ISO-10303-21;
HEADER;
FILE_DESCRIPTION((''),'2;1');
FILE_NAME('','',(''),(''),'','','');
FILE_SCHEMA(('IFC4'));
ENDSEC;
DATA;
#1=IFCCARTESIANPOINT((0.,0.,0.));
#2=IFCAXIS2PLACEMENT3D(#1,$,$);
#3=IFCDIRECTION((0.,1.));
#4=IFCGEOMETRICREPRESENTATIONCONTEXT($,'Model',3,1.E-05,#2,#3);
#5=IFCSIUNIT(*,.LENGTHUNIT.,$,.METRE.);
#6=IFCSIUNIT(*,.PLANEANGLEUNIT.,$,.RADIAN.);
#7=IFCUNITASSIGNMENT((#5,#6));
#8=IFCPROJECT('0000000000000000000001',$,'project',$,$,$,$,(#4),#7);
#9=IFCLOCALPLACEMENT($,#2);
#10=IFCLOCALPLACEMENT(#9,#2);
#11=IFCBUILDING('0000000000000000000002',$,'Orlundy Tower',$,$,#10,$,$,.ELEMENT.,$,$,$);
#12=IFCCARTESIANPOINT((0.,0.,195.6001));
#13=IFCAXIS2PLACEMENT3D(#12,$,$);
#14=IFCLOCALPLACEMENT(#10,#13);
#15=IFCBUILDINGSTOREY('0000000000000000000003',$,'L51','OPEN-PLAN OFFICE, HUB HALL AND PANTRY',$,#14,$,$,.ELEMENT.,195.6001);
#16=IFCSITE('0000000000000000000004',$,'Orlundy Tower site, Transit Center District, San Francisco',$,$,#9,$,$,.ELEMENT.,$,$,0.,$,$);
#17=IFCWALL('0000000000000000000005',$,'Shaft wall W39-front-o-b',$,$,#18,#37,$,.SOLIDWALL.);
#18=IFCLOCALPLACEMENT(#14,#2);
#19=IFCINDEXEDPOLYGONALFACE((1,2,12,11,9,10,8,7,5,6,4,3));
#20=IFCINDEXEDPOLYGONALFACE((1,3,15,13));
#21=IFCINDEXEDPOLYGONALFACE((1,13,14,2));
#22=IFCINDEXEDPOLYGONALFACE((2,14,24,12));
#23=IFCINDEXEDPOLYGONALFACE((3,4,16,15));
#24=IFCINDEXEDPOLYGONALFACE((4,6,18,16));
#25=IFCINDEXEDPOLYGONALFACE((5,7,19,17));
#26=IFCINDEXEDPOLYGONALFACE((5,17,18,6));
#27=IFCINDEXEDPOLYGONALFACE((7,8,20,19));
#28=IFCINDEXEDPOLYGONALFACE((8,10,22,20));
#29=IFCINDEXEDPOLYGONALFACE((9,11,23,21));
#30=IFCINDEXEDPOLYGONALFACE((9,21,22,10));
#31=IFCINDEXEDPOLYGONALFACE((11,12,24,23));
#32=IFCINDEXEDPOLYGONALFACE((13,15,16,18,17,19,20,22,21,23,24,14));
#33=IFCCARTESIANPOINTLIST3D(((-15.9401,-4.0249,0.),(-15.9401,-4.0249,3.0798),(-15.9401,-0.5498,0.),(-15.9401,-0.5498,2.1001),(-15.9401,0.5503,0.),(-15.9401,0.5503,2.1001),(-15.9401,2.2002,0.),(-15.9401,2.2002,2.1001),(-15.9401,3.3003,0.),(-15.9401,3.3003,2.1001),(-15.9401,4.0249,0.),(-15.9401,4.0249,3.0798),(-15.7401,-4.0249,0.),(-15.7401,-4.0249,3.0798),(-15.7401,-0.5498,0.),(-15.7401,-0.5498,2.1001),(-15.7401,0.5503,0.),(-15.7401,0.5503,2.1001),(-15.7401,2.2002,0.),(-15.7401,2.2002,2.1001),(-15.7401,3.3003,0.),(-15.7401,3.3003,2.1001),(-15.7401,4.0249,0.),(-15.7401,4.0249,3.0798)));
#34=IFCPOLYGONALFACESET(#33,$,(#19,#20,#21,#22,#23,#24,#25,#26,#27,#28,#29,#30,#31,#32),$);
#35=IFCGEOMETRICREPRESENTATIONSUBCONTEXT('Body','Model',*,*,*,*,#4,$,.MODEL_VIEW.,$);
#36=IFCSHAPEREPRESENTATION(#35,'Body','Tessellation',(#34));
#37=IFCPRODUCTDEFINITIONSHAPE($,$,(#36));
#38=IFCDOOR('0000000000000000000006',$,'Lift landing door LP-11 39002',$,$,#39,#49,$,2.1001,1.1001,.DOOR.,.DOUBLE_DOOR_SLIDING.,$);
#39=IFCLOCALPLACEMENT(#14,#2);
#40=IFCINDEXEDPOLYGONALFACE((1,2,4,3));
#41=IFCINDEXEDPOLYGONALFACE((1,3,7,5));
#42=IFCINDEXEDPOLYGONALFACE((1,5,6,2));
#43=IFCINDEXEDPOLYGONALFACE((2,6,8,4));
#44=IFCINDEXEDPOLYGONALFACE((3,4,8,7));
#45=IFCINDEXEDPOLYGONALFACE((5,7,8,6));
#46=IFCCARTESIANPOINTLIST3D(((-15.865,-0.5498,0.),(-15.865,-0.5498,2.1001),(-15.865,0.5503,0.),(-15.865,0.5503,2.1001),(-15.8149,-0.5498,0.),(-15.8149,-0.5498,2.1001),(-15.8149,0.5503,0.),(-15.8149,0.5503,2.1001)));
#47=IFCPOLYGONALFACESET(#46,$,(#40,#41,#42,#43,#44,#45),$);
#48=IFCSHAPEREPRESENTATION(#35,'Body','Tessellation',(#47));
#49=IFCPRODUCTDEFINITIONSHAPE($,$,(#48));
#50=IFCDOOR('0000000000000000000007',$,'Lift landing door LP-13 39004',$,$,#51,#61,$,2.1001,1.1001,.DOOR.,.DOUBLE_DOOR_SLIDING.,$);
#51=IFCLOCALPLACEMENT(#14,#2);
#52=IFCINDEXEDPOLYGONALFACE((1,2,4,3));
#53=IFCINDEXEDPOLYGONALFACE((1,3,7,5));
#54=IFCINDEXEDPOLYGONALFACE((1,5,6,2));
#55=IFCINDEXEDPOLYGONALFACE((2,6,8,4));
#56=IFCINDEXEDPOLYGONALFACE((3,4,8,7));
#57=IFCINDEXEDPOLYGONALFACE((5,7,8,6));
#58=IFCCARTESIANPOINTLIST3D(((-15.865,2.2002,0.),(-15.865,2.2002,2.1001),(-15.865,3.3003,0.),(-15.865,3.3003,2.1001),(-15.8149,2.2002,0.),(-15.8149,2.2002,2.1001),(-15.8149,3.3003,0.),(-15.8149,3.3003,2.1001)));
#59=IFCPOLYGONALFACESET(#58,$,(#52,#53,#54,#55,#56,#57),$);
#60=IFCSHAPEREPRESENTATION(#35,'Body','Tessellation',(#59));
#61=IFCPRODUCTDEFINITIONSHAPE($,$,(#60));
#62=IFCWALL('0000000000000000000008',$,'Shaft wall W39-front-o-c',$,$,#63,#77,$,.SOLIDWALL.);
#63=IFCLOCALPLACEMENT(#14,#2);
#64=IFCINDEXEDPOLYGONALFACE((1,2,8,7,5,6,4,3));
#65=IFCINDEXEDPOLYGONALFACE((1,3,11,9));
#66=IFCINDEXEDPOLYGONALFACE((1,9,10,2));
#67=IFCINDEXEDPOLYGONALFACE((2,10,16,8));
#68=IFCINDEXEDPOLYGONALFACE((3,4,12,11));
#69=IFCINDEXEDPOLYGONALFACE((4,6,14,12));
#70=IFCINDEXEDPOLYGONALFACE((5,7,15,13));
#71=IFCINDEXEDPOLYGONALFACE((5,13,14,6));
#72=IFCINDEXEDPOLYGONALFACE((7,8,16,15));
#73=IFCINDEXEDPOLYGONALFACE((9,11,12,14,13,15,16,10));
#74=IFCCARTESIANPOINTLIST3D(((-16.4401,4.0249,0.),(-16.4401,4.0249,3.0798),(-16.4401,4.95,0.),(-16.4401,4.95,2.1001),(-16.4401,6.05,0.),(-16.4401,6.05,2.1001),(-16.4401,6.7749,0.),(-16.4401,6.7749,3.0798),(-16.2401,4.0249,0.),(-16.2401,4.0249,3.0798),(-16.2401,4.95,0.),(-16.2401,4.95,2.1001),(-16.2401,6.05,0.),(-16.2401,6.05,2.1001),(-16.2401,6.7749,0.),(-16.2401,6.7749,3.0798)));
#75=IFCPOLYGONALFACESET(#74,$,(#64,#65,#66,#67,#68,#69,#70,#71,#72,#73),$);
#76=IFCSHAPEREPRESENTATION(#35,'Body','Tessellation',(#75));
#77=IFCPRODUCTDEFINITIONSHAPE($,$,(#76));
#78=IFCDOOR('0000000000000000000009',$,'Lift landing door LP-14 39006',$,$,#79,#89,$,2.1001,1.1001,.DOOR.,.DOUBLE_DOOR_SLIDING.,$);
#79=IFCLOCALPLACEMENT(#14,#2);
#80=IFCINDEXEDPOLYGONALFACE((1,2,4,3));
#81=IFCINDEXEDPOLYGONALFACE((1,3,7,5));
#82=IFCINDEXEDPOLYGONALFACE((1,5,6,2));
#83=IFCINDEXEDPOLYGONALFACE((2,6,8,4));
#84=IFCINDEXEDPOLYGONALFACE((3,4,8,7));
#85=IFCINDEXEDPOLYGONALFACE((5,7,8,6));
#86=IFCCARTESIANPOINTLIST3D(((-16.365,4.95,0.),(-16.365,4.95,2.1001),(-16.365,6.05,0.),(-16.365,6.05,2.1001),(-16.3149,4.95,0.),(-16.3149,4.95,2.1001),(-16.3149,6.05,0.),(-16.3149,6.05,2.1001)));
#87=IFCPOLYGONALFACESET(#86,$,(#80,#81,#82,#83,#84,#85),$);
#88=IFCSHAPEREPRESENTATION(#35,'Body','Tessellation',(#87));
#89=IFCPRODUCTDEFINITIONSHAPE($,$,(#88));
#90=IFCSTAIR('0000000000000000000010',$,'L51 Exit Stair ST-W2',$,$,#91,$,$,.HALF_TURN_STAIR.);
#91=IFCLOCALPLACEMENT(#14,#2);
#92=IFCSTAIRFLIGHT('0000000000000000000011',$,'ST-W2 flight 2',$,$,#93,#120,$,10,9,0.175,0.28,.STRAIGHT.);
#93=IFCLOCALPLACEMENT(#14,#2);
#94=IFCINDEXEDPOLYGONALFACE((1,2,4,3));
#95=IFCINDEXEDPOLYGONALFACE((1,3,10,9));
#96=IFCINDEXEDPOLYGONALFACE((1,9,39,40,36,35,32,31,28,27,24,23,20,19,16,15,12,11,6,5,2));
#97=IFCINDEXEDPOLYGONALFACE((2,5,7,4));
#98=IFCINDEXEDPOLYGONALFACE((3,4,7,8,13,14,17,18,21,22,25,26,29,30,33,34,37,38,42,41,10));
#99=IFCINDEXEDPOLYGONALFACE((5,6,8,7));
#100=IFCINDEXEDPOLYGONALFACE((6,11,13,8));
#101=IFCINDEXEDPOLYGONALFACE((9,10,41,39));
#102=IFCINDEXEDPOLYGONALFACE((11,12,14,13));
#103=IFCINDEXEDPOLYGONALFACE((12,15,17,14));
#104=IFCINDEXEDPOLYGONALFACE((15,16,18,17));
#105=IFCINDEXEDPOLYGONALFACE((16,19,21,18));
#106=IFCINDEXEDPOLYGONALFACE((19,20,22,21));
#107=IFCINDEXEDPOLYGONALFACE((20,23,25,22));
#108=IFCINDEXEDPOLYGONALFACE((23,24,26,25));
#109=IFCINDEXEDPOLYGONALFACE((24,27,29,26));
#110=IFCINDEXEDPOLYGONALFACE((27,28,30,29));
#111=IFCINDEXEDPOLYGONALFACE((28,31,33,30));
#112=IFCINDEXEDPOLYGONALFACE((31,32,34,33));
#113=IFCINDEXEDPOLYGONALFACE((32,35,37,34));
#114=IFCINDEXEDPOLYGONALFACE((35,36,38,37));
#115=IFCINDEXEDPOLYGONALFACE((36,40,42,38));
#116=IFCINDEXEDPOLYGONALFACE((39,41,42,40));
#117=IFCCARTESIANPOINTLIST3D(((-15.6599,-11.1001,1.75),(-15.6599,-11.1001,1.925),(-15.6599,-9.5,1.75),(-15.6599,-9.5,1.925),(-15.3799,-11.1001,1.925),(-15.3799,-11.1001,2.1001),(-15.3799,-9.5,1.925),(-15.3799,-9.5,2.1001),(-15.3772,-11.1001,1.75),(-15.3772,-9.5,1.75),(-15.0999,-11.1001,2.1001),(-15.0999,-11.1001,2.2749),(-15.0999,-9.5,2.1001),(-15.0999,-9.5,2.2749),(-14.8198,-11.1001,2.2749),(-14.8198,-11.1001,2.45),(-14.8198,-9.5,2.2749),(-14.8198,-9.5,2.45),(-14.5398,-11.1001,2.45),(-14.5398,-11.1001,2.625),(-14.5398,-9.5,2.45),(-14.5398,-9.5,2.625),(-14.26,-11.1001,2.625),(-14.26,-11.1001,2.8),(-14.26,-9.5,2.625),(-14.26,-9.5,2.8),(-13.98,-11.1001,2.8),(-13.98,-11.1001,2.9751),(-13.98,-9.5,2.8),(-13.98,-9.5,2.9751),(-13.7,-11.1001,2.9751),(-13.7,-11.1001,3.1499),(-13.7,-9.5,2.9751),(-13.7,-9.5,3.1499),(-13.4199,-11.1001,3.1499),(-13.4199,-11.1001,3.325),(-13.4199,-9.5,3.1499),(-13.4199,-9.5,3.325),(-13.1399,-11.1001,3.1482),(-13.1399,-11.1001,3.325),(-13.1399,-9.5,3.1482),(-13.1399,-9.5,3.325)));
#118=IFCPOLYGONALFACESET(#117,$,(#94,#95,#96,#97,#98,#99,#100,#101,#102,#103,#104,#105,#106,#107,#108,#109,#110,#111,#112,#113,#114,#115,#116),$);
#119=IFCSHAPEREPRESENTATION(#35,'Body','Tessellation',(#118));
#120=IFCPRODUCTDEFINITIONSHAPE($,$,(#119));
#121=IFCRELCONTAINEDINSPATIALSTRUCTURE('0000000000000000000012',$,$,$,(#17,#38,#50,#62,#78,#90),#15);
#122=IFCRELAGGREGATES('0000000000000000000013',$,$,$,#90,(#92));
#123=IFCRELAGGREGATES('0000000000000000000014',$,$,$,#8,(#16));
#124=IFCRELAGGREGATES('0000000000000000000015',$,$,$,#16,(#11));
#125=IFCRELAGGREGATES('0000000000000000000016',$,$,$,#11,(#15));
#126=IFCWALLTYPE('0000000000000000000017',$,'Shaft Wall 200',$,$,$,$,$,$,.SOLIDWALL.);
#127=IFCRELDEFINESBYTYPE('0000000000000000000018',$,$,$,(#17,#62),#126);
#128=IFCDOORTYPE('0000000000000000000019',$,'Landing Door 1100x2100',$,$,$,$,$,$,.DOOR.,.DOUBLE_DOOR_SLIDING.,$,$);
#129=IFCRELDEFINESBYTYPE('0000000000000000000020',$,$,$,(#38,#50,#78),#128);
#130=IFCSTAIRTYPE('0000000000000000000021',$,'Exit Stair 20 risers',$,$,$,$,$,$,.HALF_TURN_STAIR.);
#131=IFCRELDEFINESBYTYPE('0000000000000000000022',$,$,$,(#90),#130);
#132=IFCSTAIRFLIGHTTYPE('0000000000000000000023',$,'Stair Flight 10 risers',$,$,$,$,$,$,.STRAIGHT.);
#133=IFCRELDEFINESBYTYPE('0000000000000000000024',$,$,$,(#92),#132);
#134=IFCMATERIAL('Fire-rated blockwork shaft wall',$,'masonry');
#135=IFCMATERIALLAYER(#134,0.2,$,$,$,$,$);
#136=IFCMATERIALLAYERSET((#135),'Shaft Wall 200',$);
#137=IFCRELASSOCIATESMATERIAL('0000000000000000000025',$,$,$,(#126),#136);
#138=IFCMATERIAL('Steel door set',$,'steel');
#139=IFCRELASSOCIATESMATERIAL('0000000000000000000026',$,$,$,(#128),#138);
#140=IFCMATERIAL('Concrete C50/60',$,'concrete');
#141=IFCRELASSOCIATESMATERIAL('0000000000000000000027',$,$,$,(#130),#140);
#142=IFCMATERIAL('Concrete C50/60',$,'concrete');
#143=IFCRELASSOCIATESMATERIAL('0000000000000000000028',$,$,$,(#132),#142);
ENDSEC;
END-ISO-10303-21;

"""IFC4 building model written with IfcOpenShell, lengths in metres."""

from ifc_helpers import new_model, si_unit, direction, frame, frame_2d, origin, place, context, subcontext, project, spatial, polyline, rectangle, outline, extrude, material, layer, layer_set, type_object, element, fill, aggregate, save


model = new_model("IFC4")

# Units and contexts
model_context = context("Model", 3, precision=1e-05, world=origin(), true_north=direction((0.0, 1.0)))
body_context = subcontext(model_context, "Body", "Model", "MODEL_VIEW")
ifc_project = project(units=[si_unit("LENGTHUNIT", "METRE"), si_unit("PLANEANGLEUNIT", "RADIAN")], contexts=[model_context])

# Site, building, storey
site_placement = place(None, origin())
site = spatial("IfcSite", under=ifc_project, at=site_placement, Name="Orlundy Tower site, Transit Center District, San Francisco", CompositionType="ELEMENT", RefElevation=0.0)
building_placement = place(site_placement, origin())
building = spatial("IfcBuilding", under=site, at=building_placement, Name="Orlundy Tower", CompositionType="ELEMENT")
storey_placement = place(building_placement, frame((0.0, 0.0, 195.6001)))
storey = spatial("IfcBuildingStorey", under=building, at=storey_placement, Name="L51", Description="OPEN-PLAN OFFICE, HUB HALL AND PANTRY", CompositionType="ELEMENT", Elevation=195.6001)

# Shared definitions
ifc_material_1 = material(Name="Fire-rated blockwork shaft wall", Category="masonry")
ifc_layer_1 = layer(ifc_material_1, 0.2)
ifc_layer_set_1 = layer_set([ifc_layer_1], Name="Shaft Wall 200")
wall_type_1 = type_object("IfcWallType", Name="Shaft Wall 200", PredefinedType="SOLIDWALL", material=ifc_layer_set_1)

# Shared definitions
ifc_material_2 = material(Name="Steel door set", Category="steel")
door_type_1 = type_object("IfcDoorType", Name="Landing Door 1100x2100", OperationType="DOUBLE_DOOR_SLIDING", PredefinedType="DOOR", material=ifc_material_2)

# Wall, openings, doors
wall_1_placement = place(storey_placement, frame((-15.8401, -4.0249, 0.0), z_axis=(0.0, 0.0, 1.0), x_axis=(0.0, 1.0, 0.0)))
wall_1 = element("IfcWall", 1, at=wall_1_placement, inside=storey, type_object=wall_type_1, Name="Shaft wall W39-front-o-b", PredefinedType="SOLIDWALL", context=body_context, shape_type="SweptSolid", body=[
    extrude(rectangle(XDim=8.0498, YDim=0.2, at=frame_2d((4.0249, 0.0))), origin(), (0.0, 0.0, 1.0), 3.0798),
])
opening_1_placement = place(wall_1_placement, frame((3.4751, 0.0, 0.0)))
opening_1 = element("IfcOpeningElement", 2, at=opening_1_placement, cuts=wall_1, PredefinedType="OPENING", context=body_context, shape_type="SweptSolid", body=[
    extrude(rectangle(XDim=1.1001, YDim=2.1001, at=frame_2d((0.55, 1.05))), frame((0.0, 0.1101, 0.0), z_axis=(0.0, -1.0, 0.0), x_axis=(1.0, 0.0, 0.0)), (0.0, 0.0, 1.0), 0.2202),
])
opening_2_placement = place(wall_1_placement, frame((6.2251, 0.0, 0.0)))
opening_2 = element("IfcOpeningElement", 3, at=opening_2_placement, cuts=wall_1, PredefinedType="OPENING", context=body_context, shape_type="SweptSolid", body=[
    extrude(rectangle(XDim=1.1001, YDim=2.1001, at=frame_2d((0.55, 1.05))), frame((0.0, 0.1101, 0.0), z_axis=(0.0, -1.0, 0.0), x_axis=(1.0, 0.0, 0.0)), (0.0, 0.0, 1.0), 0.2202),
])
door_1_placement = place(opening_1_placement, origin())
door_1 = element("IfcDoor", 4, at=door_1_placement, inside=storey, type_object=door_type_1, Name="Lift landing door LP-11 39002", OperationType="DOUBLE_DOOR_SLIDING", OverallHeight=2.1001, OverallWidth=1.1001, PredefinedType="DOOR", context=body_context, shape_type="SweptSolid", body=[
    extrude(rectangle(XDim=1.1001, YDim=2.1001, at=frame_2d((0.55, 1.05))), frame((0.0, 0.0249, 0.0), z_axis=(0.0, -1.0, 0.0), x_axis=(1.0, 0.0, 0.0)), (0.0, 0.0, 1.0), 0.05),
])
fill(opening_1, door_1)
door_2_placement = place(opening_2_placement, origin())
door_2 = element("IfcDoor", 5, at=door_2_placement, inside=storey, type_object=door_type_1, Name="Lift landing door LP-13 39004", OperationType="DOUBLE_DOOR_SLIDING", OverallHeight=2.1001, OverallWidth=1.1001, PredefinedType="DOOR", context=body_context, shape_type="SweptSolid", body=[
    extrude(rectangle(XDim=1.1001, YDim=2.1001, at=frame_2d((0.55, 1.05))), frame((0.0, 0.0249, 0.0), z_axis=(0.0, -1.0, 0.0), x_axis=(1.0, 0.0, 0.0)), (0.0, 0.0, 1.0), 0.05),
])
fill(opening_2, door_2)

# Wall, opening, door
wall_2_placement = place(storey_placement, frame((-16.3401, 4.0249, 0.0), z_axis=(0.0, 0.0, 1.0), x_axis=(0.0, 1.0, 0.0)))
wall_2 = element("IfcWall", 6, at=wall_2_placement, inside=storey, type_object=wall_type_1, Name="Shaft wall W39-front-o-c", PredefinedType="SOLIDWALL", context=body_context, shape_type="SweptSolid", body=[
    extrude(rectangle(XDim=2.75, YDim=0.2, at=frame_2d((1.375, 0.0))), origin(), (0.0, 0.0, 1.0), 3.0798),
])
opening_3_placement = place(wall_2_placement, frame((0.925, 0.0, 0.0)))
opening_3 = element("IfcOpeningElement", 7, at=opening_3_placement, cuts=wall_2, PredefinedType="OPENING", context=body_context, shape_type="SweptSolid", body=[
    extrude(rectangle(XDim=1.1001, YDim=2.1001, at=frame_2d((0.55, 1.05))), frame((0.0, 0.1101, 0.0), z_axis=(0.0, -1.0, 0.0), x_axis=(1.0, 0.0, 0.0)), (0.0, 0.0, 1.0), 0.2202),
])
door_3_placement = place(opening_3_placement, origin())
door_3 = element("IfcDoor", 8, at=door_3_placement, inside=storey, type_object=door_type_1, Name="Lift landing door LP-14 39006", OperationType="DOUBLE_DOOR_SLIDING", OverallHeight=2.1001, OverallWidth=1.1001, PredefinedType="DOOR", context=body_context, shape_type="SweptSolid", body=[
    extrude(rectangle(XDim=1.1001, YDim=2.1001, at=frame_2d((0.55, 1.05))), frame((0.0, 0.0249, 0.0), z_axis=(0.0, -1.0, 0.0), x_axis=(1.0, 0.0, 0.0)), (0.0, 0.0, 1.0), 0.05),
])
fill(opening_3, door_3)

# Stair, stair flight
ifc_material_3 = material(Name="Concrete C50/60", Category="concrete")
stair_type = type_object("IfcStairType", Name="Exit Stair 20 risers", PredefinedType="HALF_TURN_STAIR", material=ifc_material_3)
stair_placement = place(storey_placement, origin())
stair = element("IfcStair", 9, at=stair_placement, inside=storey, type_object=stair_type, Name="L51 Exit Stair ST-W2", PredefinedType="HALF_TURN_STAIR")
ifc_material_4 = material(Name="Concrete C50/60", Category="concrete")
stair_flight_type = type_object("IfcStairFlightType", Name="Stair Flight 10 risers", PredefinedType="STRAIGHT", material=ifc_material_4)
stair_flight_placement = place(storey_placement, frame((-15.6599, -10.3, 1.75), z_axis=(0.0, 0.0, 1.0), x_axis=(1.0, 0.0, 0.0)))
stair_flight = element("IfcStairFlight", 10, at=stair_flight_placement, type_object=stair_flight_type, Name="ST-W2 flight 2", NumberOfRisers=10, NumberOfTreads=9, PredefinedType="STRAIGHT", RiserHeight=0.175, TreadLength=0.28, context=body_context, shape_type="SweptSolid", body=[
    extrude(outline(polyline([(0.0, 0.0), (0.0, 0.175), (0.28, 0.175), (0.28, 0.3501), (0.5601, 0.3501), (0.5601, 0.5249), (0.8401, 0.5249), (0.8401, 0.7), (1.1201, 0.7), (1.1201, 0.875), (1.3999, 0.875), (1.3999, 1.05), (1.6799, 1.05), (1.6799, 1.2251), (1.96, 1.2251), (1.96, 1.3999), (2.24, 1.3999), (2.24, 1.575), (2.52, 1.575), (2.52, 1.75), (2.52, 1.3982), (0.2827, 0.0), (0.0, 0.0)])), frame((0.0, 0.8, 0.0), z_axis=(0.0, -1.0, 0.0), x_axis=(1.0, 0.0, 0.0)), (0.0, 0.0, 1.0), 1.6001),
])
aggregate(stair, [stair_flight])

save(model, "model.ifc")
